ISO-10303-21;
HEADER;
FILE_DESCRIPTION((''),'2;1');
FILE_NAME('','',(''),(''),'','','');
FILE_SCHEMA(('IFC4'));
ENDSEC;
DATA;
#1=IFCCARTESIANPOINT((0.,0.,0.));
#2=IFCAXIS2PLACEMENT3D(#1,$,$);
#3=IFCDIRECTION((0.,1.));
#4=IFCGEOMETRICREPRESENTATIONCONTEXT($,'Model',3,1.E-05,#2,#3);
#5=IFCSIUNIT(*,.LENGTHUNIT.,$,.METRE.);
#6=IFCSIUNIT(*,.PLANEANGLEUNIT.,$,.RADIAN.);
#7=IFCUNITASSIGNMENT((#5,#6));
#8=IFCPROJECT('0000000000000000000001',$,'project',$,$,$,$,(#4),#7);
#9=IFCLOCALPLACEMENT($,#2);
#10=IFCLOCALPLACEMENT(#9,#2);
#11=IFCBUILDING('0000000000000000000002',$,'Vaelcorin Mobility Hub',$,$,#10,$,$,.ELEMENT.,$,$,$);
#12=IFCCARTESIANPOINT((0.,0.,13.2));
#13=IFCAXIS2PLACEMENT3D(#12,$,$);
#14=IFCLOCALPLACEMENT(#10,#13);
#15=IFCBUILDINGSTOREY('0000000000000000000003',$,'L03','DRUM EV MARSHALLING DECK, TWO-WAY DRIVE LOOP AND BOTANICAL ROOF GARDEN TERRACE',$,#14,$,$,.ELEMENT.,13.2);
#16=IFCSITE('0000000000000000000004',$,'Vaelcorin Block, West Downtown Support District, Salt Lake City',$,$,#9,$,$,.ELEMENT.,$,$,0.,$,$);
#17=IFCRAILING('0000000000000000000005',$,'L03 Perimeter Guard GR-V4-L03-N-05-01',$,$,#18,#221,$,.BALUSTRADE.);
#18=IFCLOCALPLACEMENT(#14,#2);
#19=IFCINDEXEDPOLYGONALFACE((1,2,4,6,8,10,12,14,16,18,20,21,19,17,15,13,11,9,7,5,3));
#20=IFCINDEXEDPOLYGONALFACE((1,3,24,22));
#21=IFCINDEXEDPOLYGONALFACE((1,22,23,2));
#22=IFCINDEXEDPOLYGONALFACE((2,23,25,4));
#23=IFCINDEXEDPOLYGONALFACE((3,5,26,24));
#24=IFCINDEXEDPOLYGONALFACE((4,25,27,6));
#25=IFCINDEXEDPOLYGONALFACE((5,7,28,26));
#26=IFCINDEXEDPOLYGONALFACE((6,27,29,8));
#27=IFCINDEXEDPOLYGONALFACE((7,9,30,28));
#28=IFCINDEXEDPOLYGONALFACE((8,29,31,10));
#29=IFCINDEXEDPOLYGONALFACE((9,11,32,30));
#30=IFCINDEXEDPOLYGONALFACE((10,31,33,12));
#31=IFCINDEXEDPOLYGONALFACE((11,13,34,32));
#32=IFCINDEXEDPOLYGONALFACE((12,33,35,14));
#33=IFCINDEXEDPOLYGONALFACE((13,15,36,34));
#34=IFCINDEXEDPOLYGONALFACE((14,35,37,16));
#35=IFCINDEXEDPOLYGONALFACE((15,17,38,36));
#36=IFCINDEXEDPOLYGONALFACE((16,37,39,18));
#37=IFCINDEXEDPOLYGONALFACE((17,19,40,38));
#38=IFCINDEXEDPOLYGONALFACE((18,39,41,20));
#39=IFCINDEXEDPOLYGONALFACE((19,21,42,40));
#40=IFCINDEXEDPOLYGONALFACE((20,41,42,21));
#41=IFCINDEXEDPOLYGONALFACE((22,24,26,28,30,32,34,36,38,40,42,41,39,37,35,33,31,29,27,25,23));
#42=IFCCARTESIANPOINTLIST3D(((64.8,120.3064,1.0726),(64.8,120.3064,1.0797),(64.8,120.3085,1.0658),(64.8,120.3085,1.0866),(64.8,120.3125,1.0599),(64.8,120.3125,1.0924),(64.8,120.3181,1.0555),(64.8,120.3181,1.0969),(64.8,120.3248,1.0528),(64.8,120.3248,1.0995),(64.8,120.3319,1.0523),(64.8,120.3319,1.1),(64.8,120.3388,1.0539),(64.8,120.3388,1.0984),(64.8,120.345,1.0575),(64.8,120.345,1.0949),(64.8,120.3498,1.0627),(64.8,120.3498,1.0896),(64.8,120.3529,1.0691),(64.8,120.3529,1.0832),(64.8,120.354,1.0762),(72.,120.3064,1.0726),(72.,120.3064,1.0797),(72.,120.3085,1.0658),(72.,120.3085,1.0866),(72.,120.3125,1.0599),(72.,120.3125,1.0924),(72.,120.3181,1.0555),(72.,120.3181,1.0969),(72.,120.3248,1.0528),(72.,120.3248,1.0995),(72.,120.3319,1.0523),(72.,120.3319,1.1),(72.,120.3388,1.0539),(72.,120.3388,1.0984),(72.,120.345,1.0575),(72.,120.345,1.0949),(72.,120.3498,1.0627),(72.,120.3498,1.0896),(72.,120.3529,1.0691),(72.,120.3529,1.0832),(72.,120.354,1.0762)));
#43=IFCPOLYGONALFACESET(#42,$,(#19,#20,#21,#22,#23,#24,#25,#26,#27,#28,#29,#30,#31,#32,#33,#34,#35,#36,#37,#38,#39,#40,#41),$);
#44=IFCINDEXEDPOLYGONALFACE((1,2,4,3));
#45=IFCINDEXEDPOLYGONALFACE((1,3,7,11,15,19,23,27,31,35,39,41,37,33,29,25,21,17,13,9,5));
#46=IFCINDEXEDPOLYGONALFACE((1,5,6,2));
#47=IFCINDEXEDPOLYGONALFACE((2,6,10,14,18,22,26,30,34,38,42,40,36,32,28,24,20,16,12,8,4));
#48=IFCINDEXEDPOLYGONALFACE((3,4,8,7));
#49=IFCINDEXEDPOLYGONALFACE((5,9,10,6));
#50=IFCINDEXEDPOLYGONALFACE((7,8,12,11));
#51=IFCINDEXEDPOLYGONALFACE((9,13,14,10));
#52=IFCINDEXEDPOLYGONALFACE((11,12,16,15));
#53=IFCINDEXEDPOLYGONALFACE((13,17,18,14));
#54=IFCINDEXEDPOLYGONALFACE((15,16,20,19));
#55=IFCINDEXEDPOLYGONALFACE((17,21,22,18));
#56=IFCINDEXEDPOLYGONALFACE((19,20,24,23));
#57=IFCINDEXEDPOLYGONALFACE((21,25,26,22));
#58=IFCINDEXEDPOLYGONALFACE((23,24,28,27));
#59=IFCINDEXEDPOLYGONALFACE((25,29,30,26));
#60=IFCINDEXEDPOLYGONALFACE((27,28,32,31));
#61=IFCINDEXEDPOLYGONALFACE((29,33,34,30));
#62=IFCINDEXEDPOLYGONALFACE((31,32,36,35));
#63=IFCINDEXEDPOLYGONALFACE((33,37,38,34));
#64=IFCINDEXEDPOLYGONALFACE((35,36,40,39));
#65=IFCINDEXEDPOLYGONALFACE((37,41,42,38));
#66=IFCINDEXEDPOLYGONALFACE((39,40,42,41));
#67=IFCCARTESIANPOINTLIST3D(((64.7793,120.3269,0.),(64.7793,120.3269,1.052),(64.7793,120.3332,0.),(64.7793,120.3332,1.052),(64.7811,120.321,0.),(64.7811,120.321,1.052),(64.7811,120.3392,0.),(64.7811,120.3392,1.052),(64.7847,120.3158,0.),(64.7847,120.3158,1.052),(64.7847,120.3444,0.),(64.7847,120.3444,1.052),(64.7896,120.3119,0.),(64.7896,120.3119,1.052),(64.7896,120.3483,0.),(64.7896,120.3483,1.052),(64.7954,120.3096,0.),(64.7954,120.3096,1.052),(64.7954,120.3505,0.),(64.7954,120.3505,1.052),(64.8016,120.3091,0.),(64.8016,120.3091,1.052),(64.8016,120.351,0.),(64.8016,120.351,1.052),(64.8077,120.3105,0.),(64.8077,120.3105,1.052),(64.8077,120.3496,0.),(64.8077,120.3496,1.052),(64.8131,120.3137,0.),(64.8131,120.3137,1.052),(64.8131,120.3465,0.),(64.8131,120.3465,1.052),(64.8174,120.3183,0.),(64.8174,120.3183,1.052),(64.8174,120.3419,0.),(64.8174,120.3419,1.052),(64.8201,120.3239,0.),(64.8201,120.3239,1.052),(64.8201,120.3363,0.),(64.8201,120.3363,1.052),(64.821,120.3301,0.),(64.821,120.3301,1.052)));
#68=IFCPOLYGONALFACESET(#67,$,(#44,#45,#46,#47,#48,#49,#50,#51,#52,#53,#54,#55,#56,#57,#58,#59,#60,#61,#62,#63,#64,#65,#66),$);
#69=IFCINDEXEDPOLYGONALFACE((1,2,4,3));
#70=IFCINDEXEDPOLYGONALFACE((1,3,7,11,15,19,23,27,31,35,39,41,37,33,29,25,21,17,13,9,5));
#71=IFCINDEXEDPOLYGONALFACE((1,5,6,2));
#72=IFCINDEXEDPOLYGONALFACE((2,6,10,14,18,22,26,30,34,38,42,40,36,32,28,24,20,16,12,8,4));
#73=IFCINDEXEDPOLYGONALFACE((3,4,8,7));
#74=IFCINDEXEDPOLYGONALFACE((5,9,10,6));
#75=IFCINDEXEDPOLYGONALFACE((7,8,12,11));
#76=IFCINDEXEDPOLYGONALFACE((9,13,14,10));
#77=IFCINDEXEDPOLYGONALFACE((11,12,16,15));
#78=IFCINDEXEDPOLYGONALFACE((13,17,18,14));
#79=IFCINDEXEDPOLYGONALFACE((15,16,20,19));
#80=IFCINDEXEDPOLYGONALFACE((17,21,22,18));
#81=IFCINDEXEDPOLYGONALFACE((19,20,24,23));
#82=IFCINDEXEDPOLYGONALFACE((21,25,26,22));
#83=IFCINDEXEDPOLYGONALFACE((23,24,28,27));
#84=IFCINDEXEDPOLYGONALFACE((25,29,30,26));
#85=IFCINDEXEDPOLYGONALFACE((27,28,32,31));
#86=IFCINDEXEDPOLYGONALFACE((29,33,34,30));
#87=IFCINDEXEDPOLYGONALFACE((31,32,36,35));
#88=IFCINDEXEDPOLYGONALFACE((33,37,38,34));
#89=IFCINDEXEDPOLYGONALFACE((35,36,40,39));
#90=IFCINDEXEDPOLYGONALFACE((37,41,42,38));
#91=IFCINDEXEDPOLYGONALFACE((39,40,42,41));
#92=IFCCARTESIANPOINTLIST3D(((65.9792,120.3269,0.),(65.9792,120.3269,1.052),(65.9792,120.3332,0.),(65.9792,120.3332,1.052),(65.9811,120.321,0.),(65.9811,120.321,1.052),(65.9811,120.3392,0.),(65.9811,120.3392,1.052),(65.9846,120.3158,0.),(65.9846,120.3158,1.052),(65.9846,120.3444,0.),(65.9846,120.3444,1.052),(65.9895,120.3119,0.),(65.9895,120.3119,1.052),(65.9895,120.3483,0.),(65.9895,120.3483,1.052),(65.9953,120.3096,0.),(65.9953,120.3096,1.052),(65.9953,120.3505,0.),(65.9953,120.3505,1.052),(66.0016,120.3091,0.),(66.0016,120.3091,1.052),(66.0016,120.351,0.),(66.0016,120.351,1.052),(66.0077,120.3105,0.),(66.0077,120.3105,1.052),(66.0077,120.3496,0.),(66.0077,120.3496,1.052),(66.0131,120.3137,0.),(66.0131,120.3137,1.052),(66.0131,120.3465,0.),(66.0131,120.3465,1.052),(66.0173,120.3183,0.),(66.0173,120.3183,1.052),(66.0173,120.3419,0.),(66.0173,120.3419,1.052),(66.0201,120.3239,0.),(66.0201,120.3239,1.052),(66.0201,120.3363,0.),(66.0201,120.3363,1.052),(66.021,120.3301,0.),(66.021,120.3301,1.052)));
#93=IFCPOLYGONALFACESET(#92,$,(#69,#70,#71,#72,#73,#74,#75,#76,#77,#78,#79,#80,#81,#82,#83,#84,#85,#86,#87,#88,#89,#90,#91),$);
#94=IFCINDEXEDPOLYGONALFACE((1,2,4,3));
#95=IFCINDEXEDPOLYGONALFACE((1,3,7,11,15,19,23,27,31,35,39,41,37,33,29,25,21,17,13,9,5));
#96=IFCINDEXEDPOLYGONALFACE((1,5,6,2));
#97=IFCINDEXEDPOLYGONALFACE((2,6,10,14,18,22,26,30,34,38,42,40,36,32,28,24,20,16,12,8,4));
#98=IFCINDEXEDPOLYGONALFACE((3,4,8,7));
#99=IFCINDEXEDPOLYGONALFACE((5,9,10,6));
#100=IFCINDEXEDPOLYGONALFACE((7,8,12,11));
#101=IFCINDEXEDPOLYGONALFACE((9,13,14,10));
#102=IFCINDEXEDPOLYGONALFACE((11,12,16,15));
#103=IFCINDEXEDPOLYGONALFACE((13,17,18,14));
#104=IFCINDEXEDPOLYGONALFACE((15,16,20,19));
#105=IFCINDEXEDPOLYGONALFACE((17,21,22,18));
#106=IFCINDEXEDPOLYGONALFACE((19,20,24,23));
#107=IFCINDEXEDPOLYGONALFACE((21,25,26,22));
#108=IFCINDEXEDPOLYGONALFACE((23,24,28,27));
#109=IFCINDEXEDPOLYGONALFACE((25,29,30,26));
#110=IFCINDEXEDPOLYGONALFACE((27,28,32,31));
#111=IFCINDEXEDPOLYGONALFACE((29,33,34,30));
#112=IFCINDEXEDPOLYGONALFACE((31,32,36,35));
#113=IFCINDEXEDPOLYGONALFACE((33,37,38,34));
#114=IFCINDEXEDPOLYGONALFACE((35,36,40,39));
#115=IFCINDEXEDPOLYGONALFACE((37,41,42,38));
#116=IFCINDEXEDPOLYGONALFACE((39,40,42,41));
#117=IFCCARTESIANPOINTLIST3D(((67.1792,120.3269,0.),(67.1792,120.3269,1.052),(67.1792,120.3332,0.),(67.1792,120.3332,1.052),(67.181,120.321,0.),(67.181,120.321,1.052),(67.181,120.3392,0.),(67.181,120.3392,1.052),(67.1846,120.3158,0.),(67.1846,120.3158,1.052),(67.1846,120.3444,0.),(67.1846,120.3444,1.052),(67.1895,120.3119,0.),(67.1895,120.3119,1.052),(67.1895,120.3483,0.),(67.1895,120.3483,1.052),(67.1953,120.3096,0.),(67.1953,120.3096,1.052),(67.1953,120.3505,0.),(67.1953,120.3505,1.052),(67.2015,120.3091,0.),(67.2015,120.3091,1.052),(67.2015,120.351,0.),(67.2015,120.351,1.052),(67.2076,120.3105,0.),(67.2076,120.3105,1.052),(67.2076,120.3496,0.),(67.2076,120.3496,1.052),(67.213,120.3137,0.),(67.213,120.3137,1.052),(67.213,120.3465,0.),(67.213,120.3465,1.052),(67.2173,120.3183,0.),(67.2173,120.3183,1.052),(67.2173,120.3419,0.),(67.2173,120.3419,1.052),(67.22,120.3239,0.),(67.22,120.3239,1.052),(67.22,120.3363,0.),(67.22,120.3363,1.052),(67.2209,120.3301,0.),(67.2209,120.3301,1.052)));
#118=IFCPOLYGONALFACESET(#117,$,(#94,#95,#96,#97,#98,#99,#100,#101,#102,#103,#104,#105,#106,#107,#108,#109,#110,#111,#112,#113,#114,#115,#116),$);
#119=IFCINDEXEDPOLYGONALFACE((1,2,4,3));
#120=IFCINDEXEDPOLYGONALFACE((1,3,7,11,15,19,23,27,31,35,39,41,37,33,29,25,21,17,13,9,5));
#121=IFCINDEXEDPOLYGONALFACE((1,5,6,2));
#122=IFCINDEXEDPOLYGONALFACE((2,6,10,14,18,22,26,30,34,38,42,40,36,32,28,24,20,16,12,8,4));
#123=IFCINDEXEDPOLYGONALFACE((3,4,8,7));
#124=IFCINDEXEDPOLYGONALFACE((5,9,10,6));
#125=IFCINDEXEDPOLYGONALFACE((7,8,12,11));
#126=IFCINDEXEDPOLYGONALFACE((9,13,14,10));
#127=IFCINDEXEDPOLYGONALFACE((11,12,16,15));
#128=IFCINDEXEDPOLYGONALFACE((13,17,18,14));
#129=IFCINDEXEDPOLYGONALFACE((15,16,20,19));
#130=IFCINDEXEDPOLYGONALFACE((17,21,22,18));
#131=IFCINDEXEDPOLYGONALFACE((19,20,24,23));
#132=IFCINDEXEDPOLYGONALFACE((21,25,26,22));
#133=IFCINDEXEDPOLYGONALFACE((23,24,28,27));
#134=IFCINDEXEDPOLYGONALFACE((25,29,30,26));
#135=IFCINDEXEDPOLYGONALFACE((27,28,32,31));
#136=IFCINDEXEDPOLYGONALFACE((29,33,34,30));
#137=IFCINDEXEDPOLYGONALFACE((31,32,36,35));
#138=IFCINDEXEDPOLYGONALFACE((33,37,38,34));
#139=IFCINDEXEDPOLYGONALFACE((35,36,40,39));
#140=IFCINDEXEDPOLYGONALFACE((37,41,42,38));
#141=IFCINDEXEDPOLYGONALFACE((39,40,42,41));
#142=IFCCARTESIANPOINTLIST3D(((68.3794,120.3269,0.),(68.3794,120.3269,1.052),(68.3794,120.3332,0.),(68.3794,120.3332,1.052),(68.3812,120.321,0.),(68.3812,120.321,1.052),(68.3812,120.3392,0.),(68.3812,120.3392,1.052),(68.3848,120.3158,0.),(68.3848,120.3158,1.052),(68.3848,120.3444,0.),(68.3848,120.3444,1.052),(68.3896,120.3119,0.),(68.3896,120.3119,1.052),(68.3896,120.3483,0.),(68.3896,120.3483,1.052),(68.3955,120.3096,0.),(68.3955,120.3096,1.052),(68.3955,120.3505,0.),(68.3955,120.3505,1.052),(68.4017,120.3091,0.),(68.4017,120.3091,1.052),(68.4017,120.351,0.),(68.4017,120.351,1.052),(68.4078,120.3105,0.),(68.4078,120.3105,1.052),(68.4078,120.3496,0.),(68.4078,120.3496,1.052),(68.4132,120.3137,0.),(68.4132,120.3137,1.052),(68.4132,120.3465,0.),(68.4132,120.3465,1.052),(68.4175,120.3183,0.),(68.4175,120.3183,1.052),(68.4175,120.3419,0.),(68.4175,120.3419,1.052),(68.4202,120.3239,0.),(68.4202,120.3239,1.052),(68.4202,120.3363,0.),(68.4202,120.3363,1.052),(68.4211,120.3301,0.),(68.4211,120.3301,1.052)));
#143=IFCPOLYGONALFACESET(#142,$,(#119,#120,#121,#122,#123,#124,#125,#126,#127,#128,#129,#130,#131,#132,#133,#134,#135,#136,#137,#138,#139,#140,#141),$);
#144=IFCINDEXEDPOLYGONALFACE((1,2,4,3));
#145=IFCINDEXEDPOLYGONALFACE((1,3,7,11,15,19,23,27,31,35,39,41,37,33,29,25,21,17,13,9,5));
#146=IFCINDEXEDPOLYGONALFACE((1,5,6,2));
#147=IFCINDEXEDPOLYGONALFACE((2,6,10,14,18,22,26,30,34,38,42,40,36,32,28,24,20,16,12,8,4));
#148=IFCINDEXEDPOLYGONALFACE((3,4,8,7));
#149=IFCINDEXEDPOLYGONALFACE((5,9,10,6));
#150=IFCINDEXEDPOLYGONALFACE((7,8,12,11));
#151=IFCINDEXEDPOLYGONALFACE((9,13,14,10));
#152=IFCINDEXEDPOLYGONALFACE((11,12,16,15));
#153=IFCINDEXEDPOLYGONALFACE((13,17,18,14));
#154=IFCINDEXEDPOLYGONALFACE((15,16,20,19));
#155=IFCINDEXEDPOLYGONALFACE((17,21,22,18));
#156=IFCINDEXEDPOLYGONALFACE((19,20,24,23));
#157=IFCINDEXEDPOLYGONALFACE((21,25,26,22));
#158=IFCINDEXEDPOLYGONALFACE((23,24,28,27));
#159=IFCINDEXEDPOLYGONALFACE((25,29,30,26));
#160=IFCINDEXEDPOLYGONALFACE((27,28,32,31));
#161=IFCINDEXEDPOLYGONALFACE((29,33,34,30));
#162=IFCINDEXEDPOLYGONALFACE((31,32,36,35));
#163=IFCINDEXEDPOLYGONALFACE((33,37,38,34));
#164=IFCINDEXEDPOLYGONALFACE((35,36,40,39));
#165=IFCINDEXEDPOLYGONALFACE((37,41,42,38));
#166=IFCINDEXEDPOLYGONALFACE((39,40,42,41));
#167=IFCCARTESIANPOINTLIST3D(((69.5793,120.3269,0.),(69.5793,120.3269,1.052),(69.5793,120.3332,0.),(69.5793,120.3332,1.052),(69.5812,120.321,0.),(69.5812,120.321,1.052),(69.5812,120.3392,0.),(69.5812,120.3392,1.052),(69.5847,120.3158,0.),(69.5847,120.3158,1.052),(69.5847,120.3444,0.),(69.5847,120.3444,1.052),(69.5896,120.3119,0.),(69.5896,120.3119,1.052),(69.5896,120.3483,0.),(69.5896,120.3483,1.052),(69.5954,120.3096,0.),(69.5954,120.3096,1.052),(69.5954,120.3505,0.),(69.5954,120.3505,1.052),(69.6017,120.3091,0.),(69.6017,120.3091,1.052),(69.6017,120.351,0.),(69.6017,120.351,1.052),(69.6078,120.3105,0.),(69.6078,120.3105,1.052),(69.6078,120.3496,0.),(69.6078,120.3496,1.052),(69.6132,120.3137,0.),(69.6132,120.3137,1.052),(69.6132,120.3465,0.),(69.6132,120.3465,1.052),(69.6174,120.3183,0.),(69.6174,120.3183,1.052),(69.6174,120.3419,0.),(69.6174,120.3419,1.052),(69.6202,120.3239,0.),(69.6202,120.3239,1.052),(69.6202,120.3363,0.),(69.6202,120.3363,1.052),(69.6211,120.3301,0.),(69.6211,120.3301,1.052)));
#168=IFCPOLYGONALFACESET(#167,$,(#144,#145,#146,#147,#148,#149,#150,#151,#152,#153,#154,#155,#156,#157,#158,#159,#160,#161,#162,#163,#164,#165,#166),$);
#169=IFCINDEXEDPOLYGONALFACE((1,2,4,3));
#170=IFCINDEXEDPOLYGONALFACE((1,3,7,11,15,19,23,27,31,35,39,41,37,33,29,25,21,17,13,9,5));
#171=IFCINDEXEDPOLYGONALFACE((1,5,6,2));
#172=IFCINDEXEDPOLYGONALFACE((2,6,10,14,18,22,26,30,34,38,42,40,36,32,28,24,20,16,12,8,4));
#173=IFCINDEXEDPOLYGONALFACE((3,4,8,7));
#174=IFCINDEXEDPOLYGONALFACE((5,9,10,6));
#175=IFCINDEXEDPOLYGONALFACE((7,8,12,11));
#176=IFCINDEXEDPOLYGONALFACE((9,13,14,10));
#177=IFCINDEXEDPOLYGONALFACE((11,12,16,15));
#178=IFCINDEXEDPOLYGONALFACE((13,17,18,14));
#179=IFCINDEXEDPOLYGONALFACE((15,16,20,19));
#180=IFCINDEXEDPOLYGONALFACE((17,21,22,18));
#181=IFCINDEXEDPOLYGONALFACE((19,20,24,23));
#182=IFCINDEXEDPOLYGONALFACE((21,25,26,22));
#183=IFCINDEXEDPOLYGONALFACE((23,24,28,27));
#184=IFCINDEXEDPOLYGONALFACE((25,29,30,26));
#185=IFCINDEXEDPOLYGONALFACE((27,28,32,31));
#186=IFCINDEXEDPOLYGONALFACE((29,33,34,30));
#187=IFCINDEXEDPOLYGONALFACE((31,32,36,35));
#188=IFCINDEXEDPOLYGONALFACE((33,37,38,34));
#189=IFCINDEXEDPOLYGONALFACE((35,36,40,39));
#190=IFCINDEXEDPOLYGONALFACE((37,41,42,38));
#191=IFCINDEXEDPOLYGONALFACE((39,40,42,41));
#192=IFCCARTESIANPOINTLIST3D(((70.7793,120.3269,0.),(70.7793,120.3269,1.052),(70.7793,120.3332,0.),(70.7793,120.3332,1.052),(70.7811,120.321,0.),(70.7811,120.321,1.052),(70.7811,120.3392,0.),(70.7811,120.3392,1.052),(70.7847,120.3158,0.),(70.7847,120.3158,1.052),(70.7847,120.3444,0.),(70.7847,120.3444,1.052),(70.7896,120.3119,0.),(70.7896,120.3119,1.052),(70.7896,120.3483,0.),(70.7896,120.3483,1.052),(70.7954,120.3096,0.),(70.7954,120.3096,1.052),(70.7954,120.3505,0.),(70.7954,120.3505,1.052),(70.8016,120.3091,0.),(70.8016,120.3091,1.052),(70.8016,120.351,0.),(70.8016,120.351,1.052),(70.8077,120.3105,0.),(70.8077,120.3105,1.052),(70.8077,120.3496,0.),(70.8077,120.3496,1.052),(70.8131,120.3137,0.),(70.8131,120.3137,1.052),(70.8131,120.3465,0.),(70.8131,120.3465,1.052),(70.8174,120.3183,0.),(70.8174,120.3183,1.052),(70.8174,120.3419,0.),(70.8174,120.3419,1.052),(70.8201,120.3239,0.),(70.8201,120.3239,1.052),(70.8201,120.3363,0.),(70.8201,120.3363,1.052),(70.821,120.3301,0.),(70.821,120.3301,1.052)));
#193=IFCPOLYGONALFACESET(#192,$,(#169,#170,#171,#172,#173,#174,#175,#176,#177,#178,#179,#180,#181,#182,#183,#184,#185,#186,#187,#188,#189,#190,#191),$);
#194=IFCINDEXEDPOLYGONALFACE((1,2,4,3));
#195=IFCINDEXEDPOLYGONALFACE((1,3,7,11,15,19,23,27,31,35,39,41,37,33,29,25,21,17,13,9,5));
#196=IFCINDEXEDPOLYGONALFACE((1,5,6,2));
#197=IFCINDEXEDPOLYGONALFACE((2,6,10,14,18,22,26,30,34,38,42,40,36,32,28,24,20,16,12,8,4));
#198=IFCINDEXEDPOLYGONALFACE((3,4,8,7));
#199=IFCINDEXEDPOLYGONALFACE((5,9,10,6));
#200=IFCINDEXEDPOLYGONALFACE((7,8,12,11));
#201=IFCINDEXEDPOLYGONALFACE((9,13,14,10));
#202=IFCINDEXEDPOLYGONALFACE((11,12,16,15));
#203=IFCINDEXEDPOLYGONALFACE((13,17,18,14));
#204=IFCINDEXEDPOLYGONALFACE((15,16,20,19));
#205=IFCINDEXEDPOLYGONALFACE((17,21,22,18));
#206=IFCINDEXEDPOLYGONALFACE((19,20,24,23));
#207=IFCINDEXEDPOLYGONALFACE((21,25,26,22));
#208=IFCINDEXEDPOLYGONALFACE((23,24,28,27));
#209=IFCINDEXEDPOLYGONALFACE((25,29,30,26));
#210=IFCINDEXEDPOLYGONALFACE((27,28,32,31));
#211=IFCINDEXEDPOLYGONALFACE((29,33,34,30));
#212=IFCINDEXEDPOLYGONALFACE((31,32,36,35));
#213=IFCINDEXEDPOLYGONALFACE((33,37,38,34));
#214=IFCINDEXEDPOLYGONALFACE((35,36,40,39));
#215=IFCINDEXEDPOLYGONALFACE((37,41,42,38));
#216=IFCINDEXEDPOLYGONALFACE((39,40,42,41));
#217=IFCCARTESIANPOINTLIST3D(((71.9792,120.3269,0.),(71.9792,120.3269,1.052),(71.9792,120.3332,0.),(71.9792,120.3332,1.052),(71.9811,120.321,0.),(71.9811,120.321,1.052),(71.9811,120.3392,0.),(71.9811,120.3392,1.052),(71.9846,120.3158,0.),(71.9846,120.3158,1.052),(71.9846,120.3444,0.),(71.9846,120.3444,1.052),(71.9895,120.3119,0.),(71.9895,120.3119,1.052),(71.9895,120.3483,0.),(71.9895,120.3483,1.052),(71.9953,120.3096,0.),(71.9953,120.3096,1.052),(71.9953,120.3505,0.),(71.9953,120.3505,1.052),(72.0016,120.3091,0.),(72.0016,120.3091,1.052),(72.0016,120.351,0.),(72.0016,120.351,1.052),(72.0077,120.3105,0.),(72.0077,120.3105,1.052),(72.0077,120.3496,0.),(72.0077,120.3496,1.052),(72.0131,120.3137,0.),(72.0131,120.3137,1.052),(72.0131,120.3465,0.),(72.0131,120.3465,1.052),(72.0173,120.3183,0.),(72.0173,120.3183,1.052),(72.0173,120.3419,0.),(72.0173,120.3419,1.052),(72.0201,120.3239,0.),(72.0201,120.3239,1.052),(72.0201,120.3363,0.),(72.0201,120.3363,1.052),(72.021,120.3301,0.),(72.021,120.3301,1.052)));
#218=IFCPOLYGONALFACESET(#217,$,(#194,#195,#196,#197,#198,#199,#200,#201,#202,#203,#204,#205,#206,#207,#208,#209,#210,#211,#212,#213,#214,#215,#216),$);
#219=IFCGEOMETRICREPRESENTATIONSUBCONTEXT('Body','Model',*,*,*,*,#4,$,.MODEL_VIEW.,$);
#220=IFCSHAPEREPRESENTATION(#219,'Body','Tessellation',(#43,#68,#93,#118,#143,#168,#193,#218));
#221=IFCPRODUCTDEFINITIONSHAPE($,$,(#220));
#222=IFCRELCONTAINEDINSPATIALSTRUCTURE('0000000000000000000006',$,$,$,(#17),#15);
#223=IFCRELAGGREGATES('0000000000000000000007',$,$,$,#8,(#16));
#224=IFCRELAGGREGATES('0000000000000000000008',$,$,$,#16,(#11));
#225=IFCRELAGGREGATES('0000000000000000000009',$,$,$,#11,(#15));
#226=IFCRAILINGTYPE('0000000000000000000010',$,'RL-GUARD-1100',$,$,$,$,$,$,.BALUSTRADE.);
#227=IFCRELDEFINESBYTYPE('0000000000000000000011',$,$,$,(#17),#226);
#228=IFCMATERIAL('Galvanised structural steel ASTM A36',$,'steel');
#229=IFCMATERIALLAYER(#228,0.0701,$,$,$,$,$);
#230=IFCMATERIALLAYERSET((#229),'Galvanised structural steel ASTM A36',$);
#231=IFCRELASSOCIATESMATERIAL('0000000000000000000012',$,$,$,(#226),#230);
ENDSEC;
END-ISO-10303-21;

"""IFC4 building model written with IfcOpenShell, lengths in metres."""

from ifc_helpers import new_model, si_unit, direction, frame, origin, origin_2d, place, context, subcontext, project, spatial, circle, extrude, material, layer, layer_set, type_object, element, save


model = new_model("IFC4")

# Units and contexts
model_context = context("Model", 3, precision=1e-05, world=origin(), true_north=direction((0.0, 1.0)))
body_context = subcontext(model_context, "Body", "Model", "MODEL_VIEW")
ifc_project = project(units=[si_unit("LENGTHUNIT", "METRE"), si_unit("PLANEANGLEUNIT", "RADIAN")], contexts=[model_context])

# Site, building, storey
site_placement = place(None, origin())
site = spatial("IfcSite", under=ifc_project, at=site_placement, Name="Vaelcorin Block, West Downtown Support District, Salt Lake City", CompositionType="ELEMENT", RefElevation=0.0)
building_placement = place(site_placement, origin())
building = spatial("IfcBuilding", under=site, at=building_placement, Name="Vaelcorin Mobility Hub", CompositionType="ELEMENT")
storey_placement = place(building_placement, frame((0.0, 0.0, 13.2)))
storey = spatial("IfcBuildingStorey", under=building, at=storey_placement, Name="L03", Description="DRUM EV MARSHALLING DECK, TWO-WAY DRIVE LOOP AND BOTANICAL ROOF GARDEN TERRACE", CompositionType="ELEMENT", Elevation=13.2)

# Railing
ifc_material_1 = material(Name="Galvanised structural steel ASTM A36", Category="steel")
ifc_layer_1 = layer(ifc_material_1, 0.0701)
ifc_layer_set_1 = layer_set([ifc_layer_1], Name="Galvanised structural steel ASTM A36")
railing_type = type_object("IfcRailingType", Name="RL-GUARD-1100", PredefinedType="BALUSTRADE", material=ifc_layer_set_1)
railing_placement = place(storey_placement, frame((64.8, 120.3301, 0.0)))
element("IfcRailing", 1, at=railing_placement, inside=storey, type_object=railing_type, Name="L03 Perimeter Guard GR-V4-L03-N-05-01", PredefinedType="BALUSTRADE", context=body_context, shape_type="SweptSolid", body=[
    extrude(circle(Radius=0.0239, at=origin_2d()), frame((0.0, 0.0, 1.0762), z_axis=(1.0, 0.0, 0.0), x_axis=(0.0, 1.0, 0.0)), (0.0, 0.0, 1.0), 7.2),
    extrude(circle(Radius=0.021, at=origin_2d()), origin(), (0.0, 0.0, 1.0), 1.052),
    extrude(circle(Radius=0.021, at=origin_2d()), frame((1.2, 0.0, 0.0)), (0.0, 0.0, 1.0), 1.052),
    extrude(circle(Radius=0.021, at=origin_2d()), frame((2.3999, 0.0, 0.0)), (0.0, 0.0, 1.0), 1.052),
    extrude(circle(Radius=0.021, at=origin_2d()), frame((3.6001, 0.0, 0.0)), (0.0, 0.0, 1.0), 1.052),
    extrude(circle(Radius=0.021, at=origin_2d()), frame((4.8, 0.0, 0.0)), (0.0, 0.0, 1.0), 1.052),
    extrude(circle(Radius=0.021, at=origin_2d()), frame((6.0, 0.0, 0.0)), (0.0, 0.0, 1.0), 1.052),
    extrude(circle(Radius=0.021, at=origin_2d()), frame((7.2, 0.0, 0.0)), (0.0, 0.0, 1.0), 1.052),
])

save(model, "model.ifc")
